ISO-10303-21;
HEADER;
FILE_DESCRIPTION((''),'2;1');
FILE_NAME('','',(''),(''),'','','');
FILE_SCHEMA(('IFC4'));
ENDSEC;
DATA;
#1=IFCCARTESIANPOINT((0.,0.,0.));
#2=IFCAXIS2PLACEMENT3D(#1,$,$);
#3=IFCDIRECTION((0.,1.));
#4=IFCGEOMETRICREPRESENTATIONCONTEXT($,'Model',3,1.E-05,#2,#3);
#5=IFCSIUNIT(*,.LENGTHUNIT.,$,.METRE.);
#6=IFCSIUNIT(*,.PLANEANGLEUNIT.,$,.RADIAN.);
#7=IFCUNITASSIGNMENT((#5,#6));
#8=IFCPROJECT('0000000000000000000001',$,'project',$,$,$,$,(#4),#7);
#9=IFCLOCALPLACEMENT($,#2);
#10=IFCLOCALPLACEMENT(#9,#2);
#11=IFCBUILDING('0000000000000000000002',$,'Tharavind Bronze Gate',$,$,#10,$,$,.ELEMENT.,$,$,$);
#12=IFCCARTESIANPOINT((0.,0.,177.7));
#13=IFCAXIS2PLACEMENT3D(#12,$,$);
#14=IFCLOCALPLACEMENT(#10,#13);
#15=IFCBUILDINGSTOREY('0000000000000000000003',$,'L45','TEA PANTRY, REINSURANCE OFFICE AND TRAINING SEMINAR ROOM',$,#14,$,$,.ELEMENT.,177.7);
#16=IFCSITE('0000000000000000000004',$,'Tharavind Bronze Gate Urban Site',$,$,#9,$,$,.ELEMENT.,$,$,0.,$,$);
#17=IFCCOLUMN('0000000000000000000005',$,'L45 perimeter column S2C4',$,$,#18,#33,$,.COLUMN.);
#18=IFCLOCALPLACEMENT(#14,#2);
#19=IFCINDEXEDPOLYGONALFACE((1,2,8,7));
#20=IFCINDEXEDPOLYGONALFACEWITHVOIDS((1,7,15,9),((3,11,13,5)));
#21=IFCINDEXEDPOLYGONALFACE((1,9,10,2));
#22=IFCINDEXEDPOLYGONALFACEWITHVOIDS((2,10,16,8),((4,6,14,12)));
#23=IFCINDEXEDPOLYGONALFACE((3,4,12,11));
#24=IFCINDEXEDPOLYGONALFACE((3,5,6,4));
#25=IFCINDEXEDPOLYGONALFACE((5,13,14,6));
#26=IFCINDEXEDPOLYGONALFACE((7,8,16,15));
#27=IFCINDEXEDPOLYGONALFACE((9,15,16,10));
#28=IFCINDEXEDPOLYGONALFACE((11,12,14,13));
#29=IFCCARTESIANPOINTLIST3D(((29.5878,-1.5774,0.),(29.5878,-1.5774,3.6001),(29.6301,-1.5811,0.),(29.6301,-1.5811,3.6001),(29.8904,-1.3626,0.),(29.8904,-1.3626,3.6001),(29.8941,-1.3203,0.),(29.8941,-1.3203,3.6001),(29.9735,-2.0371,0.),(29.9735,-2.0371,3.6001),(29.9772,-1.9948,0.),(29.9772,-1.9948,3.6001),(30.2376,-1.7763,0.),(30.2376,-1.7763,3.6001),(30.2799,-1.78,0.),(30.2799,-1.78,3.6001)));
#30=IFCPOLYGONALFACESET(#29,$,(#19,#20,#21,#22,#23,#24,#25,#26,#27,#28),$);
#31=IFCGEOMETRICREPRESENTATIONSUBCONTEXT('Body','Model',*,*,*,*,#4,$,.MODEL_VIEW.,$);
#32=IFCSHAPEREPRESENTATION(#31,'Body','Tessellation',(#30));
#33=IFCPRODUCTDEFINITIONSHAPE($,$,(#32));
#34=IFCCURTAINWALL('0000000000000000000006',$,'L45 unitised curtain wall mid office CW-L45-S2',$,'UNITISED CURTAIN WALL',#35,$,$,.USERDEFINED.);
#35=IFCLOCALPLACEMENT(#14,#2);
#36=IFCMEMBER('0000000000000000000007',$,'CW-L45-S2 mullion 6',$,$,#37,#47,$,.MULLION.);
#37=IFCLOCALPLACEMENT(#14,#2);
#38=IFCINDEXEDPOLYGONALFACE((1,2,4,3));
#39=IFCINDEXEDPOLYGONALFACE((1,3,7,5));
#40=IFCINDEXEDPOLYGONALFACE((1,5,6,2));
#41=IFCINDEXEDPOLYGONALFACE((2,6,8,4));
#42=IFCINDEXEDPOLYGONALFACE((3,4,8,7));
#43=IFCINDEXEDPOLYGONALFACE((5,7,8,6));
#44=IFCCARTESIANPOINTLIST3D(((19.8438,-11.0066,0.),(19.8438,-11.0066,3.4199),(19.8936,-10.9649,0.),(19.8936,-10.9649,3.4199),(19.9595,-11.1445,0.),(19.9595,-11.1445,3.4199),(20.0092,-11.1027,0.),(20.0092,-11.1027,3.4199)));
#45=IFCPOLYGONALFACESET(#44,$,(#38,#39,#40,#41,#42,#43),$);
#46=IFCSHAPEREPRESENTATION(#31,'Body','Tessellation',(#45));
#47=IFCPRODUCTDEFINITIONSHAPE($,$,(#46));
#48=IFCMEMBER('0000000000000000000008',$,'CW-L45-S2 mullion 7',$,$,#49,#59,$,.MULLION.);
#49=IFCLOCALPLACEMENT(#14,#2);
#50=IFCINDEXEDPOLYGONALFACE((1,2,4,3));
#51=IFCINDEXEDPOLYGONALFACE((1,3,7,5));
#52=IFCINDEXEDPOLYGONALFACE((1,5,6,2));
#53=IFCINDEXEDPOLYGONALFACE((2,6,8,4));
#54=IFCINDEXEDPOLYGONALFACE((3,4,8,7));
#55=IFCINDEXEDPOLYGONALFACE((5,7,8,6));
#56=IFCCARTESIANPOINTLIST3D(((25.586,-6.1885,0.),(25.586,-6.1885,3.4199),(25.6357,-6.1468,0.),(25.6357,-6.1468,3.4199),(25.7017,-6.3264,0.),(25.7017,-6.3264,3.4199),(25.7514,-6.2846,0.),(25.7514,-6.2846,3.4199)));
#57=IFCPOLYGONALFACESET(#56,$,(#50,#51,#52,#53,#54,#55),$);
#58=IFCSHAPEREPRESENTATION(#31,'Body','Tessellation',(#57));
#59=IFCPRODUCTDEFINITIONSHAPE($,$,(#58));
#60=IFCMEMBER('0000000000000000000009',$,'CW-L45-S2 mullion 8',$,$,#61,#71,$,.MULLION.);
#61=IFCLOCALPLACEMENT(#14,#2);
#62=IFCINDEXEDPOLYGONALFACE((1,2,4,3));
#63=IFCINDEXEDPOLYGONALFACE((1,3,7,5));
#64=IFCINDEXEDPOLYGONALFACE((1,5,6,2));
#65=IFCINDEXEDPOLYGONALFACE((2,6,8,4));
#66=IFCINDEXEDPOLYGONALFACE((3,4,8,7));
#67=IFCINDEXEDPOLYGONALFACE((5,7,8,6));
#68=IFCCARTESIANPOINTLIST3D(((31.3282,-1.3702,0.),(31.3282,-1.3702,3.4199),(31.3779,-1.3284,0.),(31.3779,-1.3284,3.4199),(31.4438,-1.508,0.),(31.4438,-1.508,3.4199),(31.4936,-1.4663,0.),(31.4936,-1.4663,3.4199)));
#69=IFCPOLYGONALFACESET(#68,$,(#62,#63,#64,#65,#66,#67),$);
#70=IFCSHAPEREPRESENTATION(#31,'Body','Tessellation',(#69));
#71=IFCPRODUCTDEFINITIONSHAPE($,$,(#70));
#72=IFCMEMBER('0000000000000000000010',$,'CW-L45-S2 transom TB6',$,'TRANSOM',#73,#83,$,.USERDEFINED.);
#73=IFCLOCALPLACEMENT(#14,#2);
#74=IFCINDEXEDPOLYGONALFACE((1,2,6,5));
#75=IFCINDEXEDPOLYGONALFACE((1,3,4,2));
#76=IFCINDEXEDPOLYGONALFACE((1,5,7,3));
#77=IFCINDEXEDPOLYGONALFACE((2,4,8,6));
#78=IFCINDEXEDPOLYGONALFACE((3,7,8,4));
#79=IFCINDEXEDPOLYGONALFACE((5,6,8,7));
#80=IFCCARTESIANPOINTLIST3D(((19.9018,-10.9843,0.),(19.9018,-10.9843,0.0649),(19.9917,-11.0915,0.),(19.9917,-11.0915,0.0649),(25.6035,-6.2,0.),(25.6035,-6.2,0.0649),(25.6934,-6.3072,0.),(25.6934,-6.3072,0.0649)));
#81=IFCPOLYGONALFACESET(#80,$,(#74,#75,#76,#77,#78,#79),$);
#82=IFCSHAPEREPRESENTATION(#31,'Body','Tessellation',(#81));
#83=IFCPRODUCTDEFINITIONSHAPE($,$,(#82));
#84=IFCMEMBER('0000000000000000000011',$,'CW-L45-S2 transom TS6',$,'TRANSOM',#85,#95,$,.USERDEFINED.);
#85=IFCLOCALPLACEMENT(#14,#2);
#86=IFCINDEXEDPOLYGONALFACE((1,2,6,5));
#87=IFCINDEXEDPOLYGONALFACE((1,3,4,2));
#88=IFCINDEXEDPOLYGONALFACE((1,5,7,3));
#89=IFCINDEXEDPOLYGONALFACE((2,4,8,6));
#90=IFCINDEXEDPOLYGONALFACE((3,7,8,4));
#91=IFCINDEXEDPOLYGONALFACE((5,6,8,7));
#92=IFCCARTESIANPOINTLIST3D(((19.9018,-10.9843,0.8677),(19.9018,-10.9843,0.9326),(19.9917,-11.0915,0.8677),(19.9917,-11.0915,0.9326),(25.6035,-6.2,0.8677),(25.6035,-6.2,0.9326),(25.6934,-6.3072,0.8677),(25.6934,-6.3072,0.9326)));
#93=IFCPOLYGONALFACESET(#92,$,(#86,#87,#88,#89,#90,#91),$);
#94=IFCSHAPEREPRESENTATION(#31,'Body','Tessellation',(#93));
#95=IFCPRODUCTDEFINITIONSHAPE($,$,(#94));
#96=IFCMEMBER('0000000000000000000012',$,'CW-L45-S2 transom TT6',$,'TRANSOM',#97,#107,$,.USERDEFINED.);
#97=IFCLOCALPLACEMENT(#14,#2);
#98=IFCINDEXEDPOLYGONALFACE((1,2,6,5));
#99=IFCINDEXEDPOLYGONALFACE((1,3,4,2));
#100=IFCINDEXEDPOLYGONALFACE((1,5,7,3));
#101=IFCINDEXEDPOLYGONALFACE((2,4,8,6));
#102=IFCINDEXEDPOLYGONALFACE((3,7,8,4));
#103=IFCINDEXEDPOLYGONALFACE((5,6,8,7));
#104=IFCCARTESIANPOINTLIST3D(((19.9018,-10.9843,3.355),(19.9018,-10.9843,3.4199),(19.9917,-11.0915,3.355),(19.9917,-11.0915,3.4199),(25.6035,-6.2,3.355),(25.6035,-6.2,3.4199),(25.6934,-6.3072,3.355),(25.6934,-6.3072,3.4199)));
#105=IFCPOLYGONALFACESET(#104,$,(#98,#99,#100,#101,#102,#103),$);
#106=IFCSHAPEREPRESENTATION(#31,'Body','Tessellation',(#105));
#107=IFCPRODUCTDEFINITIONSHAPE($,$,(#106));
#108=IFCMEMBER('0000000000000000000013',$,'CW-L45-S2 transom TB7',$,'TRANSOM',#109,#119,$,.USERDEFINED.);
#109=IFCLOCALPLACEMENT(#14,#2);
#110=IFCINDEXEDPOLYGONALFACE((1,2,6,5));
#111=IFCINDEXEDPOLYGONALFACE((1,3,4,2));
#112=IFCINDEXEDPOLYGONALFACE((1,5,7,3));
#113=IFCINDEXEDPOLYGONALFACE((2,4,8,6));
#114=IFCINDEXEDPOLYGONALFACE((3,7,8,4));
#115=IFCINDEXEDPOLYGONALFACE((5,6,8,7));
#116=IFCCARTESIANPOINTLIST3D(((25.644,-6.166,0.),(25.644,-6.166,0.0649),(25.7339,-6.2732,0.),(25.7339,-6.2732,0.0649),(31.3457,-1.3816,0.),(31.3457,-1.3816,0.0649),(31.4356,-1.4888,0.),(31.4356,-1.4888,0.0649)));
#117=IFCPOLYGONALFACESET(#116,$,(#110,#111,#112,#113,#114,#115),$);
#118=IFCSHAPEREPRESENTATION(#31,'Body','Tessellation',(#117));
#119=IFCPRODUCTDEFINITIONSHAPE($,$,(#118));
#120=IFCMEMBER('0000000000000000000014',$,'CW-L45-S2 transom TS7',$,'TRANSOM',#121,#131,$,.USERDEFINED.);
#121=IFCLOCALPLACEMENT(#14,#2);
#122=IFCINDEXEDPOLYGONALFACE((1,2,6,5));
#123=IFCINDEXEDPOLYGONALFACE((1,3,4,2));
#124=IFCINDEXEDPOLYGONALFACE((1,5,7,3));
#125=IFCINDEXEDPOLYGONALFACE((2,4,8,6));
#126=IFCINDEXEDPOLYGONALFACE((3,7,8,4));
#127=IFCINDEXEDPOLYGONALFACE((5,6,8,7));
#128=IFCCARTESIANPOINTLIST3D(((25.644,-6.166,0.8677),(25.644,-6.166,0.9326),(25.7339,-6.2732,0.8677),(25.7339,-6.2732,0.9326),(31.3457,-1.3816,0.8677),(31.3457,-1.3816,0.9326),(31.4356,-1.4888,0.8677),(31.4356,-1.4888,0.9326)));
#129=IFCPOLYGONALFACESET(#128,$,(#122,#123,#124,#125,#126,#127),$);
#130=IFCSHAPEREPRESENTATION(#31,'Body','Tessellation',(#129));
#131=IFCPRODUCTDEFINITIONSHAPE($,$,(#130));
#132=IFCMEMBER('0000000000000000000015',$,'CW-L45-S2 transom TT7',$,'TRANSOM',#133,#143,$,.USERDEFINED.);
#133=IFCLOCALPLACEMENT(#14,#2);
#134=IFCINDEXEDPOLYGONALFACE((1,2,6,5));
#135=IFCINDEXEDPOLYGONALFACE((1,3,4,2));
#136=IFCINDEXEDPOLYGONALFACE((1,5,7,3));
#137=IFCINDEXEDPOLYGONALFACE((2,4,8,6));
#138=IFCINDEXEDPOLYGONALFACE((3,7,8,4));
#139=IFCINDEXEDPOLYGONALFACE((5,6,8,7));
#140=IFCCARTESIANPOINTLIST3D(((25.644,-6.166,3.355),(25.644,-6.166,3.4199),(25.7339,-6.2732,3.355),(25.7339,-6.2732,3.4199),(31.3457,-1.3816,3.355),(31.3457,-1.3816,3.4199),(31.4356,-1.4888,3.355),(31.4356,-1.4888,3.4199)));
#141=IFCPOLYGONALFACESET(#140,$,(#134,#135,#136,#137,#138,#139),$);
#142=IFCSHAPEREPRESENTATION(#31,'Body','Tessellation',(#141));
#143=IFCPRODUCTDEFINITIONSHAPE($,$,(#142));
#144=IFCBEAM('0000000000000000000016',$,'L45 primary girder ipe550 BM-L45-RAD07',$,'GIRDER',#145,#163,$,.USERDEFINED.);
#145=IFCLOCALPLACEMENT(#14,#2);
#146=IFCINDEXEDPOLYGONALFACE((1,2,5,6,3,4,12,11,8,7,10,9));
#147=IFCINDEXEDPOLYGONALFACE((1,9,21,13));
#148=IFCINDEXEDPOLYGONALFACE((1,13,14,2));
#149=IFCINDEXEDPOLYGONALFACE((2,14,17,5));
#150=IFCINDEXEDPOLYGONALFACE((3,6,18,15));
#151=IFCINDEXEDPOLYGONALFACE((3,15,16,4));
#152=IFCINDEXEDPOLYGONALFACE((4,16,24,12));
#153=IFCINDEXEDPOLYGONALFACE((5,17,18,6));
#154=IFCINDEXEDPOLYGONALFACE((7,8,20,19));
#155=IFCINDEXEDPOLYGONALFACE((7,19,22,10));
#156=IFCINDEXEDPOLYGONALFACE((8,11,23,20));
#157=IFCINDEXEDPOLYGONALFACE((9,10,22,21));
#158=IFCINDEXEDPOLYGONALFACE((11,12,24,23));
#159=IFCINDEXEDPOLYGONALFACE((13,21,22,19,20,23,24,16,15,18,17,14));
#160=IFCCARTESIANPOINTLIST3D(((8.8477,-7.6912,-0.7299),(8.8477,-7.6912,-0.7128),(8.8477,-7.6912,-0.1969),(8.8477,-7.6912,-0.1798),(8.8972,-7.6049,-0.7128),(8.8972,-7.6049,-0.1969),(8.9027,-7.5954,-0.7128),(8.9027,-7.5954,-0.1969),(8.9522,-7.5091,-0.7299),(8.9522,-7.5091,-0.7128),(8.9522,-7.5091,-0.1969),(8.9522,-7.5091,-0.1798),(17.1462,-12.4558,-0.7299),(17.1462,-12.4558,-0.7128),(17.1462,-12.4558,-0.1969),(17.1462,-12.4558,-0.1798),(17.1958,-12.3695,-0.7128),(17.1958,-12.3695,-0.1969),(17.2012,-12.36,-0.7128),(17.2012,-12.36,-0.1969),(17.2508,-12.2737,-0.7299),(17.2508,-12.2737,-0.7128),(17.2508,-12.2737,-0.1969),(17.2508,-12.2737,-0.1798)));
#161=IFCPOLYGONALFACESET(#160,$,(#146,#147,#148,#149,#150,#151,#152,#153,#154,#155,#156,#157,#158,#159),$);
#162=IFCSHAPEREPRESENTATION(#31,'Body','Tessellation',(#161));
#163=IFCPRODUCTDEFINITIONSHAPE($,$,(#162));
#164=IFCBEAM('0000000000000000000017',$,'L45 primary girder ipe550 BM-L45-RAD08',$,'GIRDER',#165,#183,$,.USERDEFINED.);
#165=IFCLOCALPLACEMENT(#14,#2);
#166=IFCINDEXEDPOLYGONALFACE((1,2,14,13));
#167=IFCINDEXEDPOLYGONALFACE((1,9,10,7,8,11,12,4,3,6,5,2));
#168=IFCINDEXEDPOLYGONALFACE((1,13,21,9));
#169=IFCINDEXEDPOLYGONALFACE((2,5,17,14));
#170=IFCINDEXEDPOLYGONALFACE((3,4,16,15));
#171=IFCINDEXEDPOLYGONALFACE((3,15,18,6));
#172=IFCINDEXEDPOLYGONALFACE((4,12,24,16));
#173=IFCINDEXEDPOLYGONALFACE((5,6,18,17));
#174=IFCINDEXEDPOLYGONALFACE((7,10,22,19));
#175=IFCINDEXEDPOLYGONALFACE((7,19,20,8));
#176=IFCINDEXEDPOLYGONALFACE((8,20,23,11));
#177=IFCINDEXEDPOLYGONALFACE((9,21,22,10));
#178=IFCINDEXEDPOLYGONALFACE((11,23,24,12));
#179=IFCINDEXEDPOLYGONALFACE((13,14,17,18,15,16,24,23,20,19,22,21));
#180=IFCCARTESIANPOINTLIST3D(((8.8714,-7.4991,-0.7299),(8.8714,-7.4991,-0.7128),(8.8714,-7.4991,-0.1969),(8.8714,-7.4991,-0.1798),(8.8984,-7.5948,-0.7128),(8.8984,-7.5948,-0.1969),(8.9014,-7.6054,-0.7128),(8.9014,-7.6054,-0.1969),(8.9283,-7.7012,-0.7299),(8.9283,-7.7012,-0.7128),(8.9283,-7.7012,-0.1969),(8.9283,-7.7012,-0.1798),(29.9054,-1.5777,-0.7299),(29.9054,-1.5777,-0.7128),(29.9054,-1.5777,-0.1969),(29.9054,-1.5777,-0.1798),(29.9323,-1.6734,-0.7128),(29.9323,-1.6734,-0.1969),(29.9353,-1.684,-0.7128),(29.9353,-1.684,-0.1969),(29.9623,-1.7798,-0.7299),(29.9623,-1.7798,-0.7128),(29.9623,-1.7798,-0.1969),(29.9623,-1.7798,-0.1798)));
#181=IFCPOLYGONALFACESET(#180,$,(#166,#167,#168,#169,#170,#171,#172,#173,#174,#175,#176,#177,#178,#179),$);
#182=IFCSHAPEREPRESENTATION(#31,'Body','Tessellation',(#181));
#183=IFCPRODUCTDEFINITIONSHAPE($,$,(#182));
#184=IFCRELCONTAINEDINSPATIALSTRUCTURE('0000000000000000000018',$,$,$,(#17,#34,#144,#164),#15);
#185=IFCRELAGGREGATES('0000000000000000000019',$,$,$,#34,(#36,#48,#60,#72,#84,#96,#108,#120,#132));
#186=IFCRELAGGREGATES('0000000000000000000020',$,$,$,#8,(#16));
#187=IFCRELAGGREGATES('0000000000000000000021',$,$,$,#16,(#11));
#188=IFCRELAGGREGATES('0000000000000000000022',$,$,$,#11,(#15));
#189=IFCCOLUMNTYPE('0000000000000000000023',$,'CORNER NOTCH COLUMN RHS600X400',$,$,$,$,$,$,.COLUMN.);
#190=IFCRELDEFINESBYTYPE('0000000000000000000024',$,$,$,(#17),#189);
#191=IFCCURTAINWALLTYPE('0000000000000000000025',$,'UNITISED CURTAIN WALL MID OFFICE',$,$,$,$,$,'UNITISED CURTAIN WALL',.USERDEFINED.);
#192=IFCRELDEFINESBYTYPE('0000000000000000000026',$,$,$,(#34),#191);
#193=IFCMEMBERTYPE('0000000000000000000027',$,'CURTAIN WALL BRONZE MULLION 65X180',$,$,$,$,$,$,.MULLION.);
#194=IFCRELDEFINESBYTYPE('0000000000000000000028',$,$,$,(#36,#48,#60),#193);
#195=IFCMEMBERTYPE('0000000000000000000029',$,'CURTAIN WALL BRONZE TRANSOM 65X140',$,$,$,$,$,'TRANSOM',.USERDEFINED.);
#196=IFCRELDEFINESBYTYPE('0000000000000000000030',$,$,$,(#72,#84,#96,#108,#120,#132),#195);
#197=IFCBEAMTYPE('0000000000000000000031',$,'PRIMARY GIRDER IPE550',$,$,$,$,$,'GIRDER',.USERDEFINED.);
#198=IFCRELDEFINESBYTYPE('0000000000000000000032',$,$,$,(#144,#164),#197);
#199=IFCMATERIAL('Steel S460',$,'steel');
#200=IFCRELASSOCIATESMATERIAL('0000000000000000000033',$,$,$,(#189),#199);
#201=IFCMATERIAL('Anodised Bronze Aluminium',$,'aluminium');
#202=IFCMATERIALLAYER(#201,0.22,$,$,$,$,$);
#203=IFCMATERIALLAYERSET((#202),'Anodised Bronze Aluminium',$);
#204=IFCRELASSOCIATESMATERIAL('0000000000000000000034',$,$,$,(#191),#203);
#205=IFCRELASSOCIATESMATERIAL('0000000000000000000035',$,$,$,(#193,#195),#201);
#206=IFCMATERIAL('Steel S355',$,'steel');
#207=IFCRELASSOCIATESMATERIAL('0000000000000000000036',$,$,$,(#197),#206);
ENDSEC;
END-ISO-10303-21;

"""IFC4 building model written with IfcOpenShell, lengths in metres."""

from ifc_helpers import new_model, si_unit, direction, frame, origin, origin_2d, place, context, subcontext, project, spatial, rectangle, hollow_rectangle, i_section, extrude, material, layer, layer_set, material_profile, profile_set, type_object, element, aggregate, save


model = new_model("IFC4")

# Units and contexts
model_context = context("Model", 3, precision=1e-05, world=origin(), true_north=direction((0.0, 1.0)))
body_context = subcontext(model_context, "Body", "Model", "MODEL_VIEW")
ifc_project = project(units=[si_unit("LENGTHUNIT", "METRE"), si_unit("PLANEANGLEUNIT", "RADIAN")], contexts=[model_context])

# Site, building, storey
site_placement = place(None, origin())
site = spatial("IfcSite", under=ifc_project, at=site_placement, Name="Tharavind Bronze Gate Urban Site", CompositionType="ELEMENT", RefElevation=0.0)
building_placement = place(site_placement, origin())
building = spatial("IfcBuilding", under=site, at=building_placement, Name="Tharavind Bronze Gate", CompositionType="ELEMENT")
storey_placement = place(building_placement, frame((0.0, 0.0, 177.7)))
storey = spatial("IfcBuildingStorey", under=building, at=storey_placement, Name="L45", Description="TEA PANTRY, REINSURANCE OFFICE AND TRAINING SEMINAR ROOM", CompositionType="ELEMENT", Elevation=177.7)

# Column
ifc_material_1 = material(Name="Steel S460", Category="steel")
ifc_material_profile_1 = material_profile(ifc_material_1, hollow_rectangle(XDim=0.3999, YDim=0.6001, WallThickness=0.03, at=origin_2d()), Name="RHS600X400X30")
ifc_profile_set_1 = profile_set([ifc_material_profile_1], Name="Steel S460")
column_type = type_object("IfcColumnType", Name="CORNER NOTCH COLUMN RHS600X400", PredefinedType="COLUMN", material=ifc_profile_set_1)
column_placement = place(storey_placement, frame((29.9338, -1.6787, 0.0), z_axis=(0.0, 0.0, 1.0), x_axis=(0.766043, 0.642789, 0.0)))
element("IfcColumn", 1, at=column_placement, inside=storey, type_object=column_type, Name="L45 perimeter column S2C4", PredefinedType="COLUMN", context=body_context, shape_type="SweptSolid", body=[
    extrude(hollow_rectangle(XDim=0.3999, YDim=0.6001, WallThickness=0.03, at=origin_2d()), origin(), (0.0, 0.0, 1.0), 3.6001),
])

# Curtain wall, members
ifc_material_2 = material(Name="Anodised Bronze Aluminium", Category="aluminium")
ifc_layer_1 = layer(ifc_material_2, 0.22)
ifc_layer_set_1 = layer_set([ifc_layer_1], Name="Anodised Bronze Aluminium")
curtain_wall_type = type_object("IfcCurtainWallType", Name="UNITISED CURTAIN WALL MID OFFICE", ElementType="UNITISED CURTAIN WALL", PredefinedType="USERDEFINED", material=ifc_layer_set_1)
curtain_wall_placement = place(storey_placement, origin())
curtain_wall = element("IfcCurtainWall", 2, at=curtain_wall_placement, inside=storey, type_object=curtain_wall_type, Name="L45 unitised curtain wall mid office CW-L45-S2", ObjectType="UNITISED CURTAIN WALL", PredefinedType="USERDEFINED")
member_type_1 = type_object("IfcMemberType", Name="CURTAIN WALL BRONZE MULLION 65X180", PredefinedType="MULLION", material=ifc_material_2)
member_1_placement = place(storey_placement, frame((19.9265, -11.0547, 0.0), z_axis=(0.0, 0.0, 1.0), x_axis=(0.766043, 0.642789, 0.0)))
member_1 = element("IfcMember", 3, at=member_1_placement, type_object=member_type_1, Name="CW-L45-S2 mullion 6", PredefinedType="MULLION", context=body_context, shape_type="SweptSolid", body=[
    extrude(rectangle(XDim=0.0649, YDim=0.1799, at=origin_2d()), origin(), (0.0, 0.0, 1.0), 3.4199),
])
member_2_placement = place(storey_placement, frame((25.6687, -6.2366, 0.0), z_axis=(0.0, 0.0, 1.0), x_axis=(0.766043, 0.642789, 0.0)))
member_2 = element("IfcMember", 4, at=member_2_placement, type_object=member_type_1, Name="CW-L45-S2 mullion 7", PredefinedType="MULLION", context=body_context, shape_type="SweptSolid", body=[
    extrude(rectangle(XDim=0.0649, YDim=0.1799, at=origin_2d()), origin(), (0.0, 0.0, 1.0), 3.4199),
])
member_3_placement = place(storey_placement, frame((31.4109, -1.4182, 0.0), z_axis=(0.0, 0.0, 1.0), x_axis=(0.766043, 0.642789, 0.0)))
member_3 = element("IfcMember", 5, at=member_3_placement, type_object=member_type_1, Name="CW-L45-S2 mullion 8", PredefinedType="MULLION", context=body_context, shape_type="SweptSolid", body=[
    extrude(rectangle(XDim=0.0649, YDim=0.1799, at=origin_2d()), origin(), (0.0, 0.0, 1.0), 3.4199),
])
member_type_2 = type_object("IfcMemberType", Name="CURTAIN WALL BRONZE TRANSOM 65X140", ElementType="TRANSOM", PredefinedType="USERDEFINED", material=ifc_material_2)
member_4_placement = place(storey_placement, frame((22.7976, -8.6458, 0.0), z_axis=(0.0, 0.0, 1.0), x_axis=(0.766043, 0.642789, 0.0)))
member_4 = element("IfcMember", 6, at=member_4_placement, type_object=member_type_2, Name="CW-L45-S2 transom TB6", ObjectType="TRANSOM", PredefinedType="USERDEFINED", context=body_context, shape_type="SweptSolid", body=[
    extrude(rectangle(XDim=7.4431, YDim=0.1399, at=origin_2d()), origin(), (0.0, 0.0, 1.0), 0.0649),
])
member_5_placement = place(storey_placement, frame((22.7976, -8.6458, 0.8677), z_axis=(0.0, 0.0, 1.0), x_axis=(0.766043, 0.642789, 0.0)))
member_5 = element("IfcMember", 7, at=member_5_placement, type_object=member_type_2, Name="CW-L45-S2 transom TS6", ObjectType="TRANSOM", PredefinedType="USERDEFINED", context=body_context, shape_type="SweptSolid", body=[
    extrude(rectangle(XDim=7.4431, YDim=0.1399, at=origin_2d()), origin(), (0.0, 0.0, 1.0), 0.0649),
])
member_6_placement = place(storey_placement, frame((22.7976, -8.6458, 3.355), z_axis=(0.0, 0.0, 1.0), x_axis=(0.766043, 0.642789, 0.0)))
member_6 = element("IfcMember", 8, at=member_6_placement, type_object=member_type_2, Name="CW-L45-S2 transom TT6", ObjectType="TRANSOM", PredefinedType="USERDEFINED", context=body_context, shape_type="SweptSolid", body=[
    extrude(rectangle(XDim=7.4431, YDim=0.1399, at=origin_2d()), origin(), (0.0, 0.0, 1.0), 0.0649),
])
member_7_placement = place(storey_placement, frame((28.5398, -3.8274, 0.0), z_axis=(0.0, 0.0, 1.0), x_axis=(0.766043, 0.642789, 0.0)))
member_7 = element("IfcMember", 9, at=member_7_placement, type_object=member_type_2, Name="CW-L45-S2 transom TB7", ObjectType="TRANSOM", PredefinedType="USERDEFINED", context=body_context, shape_type="SweptSolid", body=[
    extrude(rectangle(XDim=7.4431, YDim=0.1399, at=origin_2d()), origin(), (0.0, 0.0, 1.0), 0.0649),
])
member_8_placement = place(storey_placement, frame((28.5398, -3.8274, 0.8677), z_axis=(0.0, 0.0, 1.0), x_axis=(0.766043, 0.642789, 0.0)))
member_8 = element("IfcMember", 10, at=member_8_placement, type_object=member_type_2, Name="CW-L45-S2 transom TS7", ObjectType="TRANSOM", PredefinedType="USERDEFINED", context=body_context, shape_type="SweptSolid", body=[
    extrude(rectangle(XDim=7.4431, YDim=0.1399, at=origin_2d()), origin(), (0.0, 0.0, 1.0), 0.0649),
])
member_9_placement = place(storey_placement, frame((28.5398, -3.8274, 3.355), z_axis=(0.0, 0.0, 1.0), x_axis=(0.766043, 0.642789, 0.0)))
member_9 = element("IfcMember", 11, at=member_9_placement, type_object=member_type_2, Name="CW-L45-S2 transom TT7", ObjectType="TRANSOM", PredefinedType="USERDEFINED", context=body_context, shape_type="SweptSolid", body=[
    extrude(rectangle(XDim=7.4431, YDim=0.1399, at=origin_2d()), origin(), (0.0, 0.0, 1.0), 0.0649),
])

# Beams
ifc_material_3 = material(Name="Steel S355", Category="steel")
ifc_material_profile_2 = material_profile(ifc_material_3, i_section(OverallWidth=0.21, OverallDepth=0.55, WebThickness=0.011, FlangeThickness=0.0171, at=origin_2d()), Name="IPE550")
ifc_profile_set_2 = profile_set([ifc_material_profile_2], Name="Steel S355")
beam_type_1 = type_object("IfcBeamType", Name="PRIMARY GIRDER IPE550", ElementType="GIRDER", PredefinedType="USERDEFINED", material=ifc_profile_set_2)
beam_1_placement = place(storey_placement, frame((17.1985, -12.3647, -0.4548), z_axis=(-0.867224, 0.497918, 0.0), x_axis=(-0.497918, -0.867224, 0.0)))
element("IfcBeam", 12, at=beam_1_placement, inside=storey, type_object=beam_type_1, Name="L45 primary girder ipe550 BM-L45-RAD07", ObjectType="GIRDER", PredefinedType="USERDEFINED", context=body_context, shape_type="SweptSolid", body=[
    extrude(i_section(OverallWidth=0.21, OverallDepth=0.55, WebThickness=0.011, FlangeThickness=0.0171, at=origin_2d()), origin(), (0.0, 0.0, 1.0), 9.5691),
])
beam_2_placement = place(storey_placement, frame((29.9338, -1.6787, -0.4548), z_axis=(-0.962584, -0.270983, 0.0), x_axis=(0.270983, -0.962584, 0.0)))
element("IfcBeam", 13, at=beam_2_placement, inside=storey, type_object=beam_type_1, Name="L45 primary girder ipe550 BM-L45-RAD08", ObjectType="GIRDER", PredefinedType="USERDEFINED", context=body_context, shape_type="SweptSolid", body=[
    extrude(i_section(OverallWidth=0.21, OverallDepth=0.55, WebThickness=0.011, FlangeThickness=0.0171, at=origin_2d()), origin(), (0.0, 0.0, 1.0), 21.8516),
])

aggregate(curtain_wall, [member_1, member_2, member_3, member_4, member_5, member_6, member_7, member_8, member_9])

save(model, "model.ifc")
